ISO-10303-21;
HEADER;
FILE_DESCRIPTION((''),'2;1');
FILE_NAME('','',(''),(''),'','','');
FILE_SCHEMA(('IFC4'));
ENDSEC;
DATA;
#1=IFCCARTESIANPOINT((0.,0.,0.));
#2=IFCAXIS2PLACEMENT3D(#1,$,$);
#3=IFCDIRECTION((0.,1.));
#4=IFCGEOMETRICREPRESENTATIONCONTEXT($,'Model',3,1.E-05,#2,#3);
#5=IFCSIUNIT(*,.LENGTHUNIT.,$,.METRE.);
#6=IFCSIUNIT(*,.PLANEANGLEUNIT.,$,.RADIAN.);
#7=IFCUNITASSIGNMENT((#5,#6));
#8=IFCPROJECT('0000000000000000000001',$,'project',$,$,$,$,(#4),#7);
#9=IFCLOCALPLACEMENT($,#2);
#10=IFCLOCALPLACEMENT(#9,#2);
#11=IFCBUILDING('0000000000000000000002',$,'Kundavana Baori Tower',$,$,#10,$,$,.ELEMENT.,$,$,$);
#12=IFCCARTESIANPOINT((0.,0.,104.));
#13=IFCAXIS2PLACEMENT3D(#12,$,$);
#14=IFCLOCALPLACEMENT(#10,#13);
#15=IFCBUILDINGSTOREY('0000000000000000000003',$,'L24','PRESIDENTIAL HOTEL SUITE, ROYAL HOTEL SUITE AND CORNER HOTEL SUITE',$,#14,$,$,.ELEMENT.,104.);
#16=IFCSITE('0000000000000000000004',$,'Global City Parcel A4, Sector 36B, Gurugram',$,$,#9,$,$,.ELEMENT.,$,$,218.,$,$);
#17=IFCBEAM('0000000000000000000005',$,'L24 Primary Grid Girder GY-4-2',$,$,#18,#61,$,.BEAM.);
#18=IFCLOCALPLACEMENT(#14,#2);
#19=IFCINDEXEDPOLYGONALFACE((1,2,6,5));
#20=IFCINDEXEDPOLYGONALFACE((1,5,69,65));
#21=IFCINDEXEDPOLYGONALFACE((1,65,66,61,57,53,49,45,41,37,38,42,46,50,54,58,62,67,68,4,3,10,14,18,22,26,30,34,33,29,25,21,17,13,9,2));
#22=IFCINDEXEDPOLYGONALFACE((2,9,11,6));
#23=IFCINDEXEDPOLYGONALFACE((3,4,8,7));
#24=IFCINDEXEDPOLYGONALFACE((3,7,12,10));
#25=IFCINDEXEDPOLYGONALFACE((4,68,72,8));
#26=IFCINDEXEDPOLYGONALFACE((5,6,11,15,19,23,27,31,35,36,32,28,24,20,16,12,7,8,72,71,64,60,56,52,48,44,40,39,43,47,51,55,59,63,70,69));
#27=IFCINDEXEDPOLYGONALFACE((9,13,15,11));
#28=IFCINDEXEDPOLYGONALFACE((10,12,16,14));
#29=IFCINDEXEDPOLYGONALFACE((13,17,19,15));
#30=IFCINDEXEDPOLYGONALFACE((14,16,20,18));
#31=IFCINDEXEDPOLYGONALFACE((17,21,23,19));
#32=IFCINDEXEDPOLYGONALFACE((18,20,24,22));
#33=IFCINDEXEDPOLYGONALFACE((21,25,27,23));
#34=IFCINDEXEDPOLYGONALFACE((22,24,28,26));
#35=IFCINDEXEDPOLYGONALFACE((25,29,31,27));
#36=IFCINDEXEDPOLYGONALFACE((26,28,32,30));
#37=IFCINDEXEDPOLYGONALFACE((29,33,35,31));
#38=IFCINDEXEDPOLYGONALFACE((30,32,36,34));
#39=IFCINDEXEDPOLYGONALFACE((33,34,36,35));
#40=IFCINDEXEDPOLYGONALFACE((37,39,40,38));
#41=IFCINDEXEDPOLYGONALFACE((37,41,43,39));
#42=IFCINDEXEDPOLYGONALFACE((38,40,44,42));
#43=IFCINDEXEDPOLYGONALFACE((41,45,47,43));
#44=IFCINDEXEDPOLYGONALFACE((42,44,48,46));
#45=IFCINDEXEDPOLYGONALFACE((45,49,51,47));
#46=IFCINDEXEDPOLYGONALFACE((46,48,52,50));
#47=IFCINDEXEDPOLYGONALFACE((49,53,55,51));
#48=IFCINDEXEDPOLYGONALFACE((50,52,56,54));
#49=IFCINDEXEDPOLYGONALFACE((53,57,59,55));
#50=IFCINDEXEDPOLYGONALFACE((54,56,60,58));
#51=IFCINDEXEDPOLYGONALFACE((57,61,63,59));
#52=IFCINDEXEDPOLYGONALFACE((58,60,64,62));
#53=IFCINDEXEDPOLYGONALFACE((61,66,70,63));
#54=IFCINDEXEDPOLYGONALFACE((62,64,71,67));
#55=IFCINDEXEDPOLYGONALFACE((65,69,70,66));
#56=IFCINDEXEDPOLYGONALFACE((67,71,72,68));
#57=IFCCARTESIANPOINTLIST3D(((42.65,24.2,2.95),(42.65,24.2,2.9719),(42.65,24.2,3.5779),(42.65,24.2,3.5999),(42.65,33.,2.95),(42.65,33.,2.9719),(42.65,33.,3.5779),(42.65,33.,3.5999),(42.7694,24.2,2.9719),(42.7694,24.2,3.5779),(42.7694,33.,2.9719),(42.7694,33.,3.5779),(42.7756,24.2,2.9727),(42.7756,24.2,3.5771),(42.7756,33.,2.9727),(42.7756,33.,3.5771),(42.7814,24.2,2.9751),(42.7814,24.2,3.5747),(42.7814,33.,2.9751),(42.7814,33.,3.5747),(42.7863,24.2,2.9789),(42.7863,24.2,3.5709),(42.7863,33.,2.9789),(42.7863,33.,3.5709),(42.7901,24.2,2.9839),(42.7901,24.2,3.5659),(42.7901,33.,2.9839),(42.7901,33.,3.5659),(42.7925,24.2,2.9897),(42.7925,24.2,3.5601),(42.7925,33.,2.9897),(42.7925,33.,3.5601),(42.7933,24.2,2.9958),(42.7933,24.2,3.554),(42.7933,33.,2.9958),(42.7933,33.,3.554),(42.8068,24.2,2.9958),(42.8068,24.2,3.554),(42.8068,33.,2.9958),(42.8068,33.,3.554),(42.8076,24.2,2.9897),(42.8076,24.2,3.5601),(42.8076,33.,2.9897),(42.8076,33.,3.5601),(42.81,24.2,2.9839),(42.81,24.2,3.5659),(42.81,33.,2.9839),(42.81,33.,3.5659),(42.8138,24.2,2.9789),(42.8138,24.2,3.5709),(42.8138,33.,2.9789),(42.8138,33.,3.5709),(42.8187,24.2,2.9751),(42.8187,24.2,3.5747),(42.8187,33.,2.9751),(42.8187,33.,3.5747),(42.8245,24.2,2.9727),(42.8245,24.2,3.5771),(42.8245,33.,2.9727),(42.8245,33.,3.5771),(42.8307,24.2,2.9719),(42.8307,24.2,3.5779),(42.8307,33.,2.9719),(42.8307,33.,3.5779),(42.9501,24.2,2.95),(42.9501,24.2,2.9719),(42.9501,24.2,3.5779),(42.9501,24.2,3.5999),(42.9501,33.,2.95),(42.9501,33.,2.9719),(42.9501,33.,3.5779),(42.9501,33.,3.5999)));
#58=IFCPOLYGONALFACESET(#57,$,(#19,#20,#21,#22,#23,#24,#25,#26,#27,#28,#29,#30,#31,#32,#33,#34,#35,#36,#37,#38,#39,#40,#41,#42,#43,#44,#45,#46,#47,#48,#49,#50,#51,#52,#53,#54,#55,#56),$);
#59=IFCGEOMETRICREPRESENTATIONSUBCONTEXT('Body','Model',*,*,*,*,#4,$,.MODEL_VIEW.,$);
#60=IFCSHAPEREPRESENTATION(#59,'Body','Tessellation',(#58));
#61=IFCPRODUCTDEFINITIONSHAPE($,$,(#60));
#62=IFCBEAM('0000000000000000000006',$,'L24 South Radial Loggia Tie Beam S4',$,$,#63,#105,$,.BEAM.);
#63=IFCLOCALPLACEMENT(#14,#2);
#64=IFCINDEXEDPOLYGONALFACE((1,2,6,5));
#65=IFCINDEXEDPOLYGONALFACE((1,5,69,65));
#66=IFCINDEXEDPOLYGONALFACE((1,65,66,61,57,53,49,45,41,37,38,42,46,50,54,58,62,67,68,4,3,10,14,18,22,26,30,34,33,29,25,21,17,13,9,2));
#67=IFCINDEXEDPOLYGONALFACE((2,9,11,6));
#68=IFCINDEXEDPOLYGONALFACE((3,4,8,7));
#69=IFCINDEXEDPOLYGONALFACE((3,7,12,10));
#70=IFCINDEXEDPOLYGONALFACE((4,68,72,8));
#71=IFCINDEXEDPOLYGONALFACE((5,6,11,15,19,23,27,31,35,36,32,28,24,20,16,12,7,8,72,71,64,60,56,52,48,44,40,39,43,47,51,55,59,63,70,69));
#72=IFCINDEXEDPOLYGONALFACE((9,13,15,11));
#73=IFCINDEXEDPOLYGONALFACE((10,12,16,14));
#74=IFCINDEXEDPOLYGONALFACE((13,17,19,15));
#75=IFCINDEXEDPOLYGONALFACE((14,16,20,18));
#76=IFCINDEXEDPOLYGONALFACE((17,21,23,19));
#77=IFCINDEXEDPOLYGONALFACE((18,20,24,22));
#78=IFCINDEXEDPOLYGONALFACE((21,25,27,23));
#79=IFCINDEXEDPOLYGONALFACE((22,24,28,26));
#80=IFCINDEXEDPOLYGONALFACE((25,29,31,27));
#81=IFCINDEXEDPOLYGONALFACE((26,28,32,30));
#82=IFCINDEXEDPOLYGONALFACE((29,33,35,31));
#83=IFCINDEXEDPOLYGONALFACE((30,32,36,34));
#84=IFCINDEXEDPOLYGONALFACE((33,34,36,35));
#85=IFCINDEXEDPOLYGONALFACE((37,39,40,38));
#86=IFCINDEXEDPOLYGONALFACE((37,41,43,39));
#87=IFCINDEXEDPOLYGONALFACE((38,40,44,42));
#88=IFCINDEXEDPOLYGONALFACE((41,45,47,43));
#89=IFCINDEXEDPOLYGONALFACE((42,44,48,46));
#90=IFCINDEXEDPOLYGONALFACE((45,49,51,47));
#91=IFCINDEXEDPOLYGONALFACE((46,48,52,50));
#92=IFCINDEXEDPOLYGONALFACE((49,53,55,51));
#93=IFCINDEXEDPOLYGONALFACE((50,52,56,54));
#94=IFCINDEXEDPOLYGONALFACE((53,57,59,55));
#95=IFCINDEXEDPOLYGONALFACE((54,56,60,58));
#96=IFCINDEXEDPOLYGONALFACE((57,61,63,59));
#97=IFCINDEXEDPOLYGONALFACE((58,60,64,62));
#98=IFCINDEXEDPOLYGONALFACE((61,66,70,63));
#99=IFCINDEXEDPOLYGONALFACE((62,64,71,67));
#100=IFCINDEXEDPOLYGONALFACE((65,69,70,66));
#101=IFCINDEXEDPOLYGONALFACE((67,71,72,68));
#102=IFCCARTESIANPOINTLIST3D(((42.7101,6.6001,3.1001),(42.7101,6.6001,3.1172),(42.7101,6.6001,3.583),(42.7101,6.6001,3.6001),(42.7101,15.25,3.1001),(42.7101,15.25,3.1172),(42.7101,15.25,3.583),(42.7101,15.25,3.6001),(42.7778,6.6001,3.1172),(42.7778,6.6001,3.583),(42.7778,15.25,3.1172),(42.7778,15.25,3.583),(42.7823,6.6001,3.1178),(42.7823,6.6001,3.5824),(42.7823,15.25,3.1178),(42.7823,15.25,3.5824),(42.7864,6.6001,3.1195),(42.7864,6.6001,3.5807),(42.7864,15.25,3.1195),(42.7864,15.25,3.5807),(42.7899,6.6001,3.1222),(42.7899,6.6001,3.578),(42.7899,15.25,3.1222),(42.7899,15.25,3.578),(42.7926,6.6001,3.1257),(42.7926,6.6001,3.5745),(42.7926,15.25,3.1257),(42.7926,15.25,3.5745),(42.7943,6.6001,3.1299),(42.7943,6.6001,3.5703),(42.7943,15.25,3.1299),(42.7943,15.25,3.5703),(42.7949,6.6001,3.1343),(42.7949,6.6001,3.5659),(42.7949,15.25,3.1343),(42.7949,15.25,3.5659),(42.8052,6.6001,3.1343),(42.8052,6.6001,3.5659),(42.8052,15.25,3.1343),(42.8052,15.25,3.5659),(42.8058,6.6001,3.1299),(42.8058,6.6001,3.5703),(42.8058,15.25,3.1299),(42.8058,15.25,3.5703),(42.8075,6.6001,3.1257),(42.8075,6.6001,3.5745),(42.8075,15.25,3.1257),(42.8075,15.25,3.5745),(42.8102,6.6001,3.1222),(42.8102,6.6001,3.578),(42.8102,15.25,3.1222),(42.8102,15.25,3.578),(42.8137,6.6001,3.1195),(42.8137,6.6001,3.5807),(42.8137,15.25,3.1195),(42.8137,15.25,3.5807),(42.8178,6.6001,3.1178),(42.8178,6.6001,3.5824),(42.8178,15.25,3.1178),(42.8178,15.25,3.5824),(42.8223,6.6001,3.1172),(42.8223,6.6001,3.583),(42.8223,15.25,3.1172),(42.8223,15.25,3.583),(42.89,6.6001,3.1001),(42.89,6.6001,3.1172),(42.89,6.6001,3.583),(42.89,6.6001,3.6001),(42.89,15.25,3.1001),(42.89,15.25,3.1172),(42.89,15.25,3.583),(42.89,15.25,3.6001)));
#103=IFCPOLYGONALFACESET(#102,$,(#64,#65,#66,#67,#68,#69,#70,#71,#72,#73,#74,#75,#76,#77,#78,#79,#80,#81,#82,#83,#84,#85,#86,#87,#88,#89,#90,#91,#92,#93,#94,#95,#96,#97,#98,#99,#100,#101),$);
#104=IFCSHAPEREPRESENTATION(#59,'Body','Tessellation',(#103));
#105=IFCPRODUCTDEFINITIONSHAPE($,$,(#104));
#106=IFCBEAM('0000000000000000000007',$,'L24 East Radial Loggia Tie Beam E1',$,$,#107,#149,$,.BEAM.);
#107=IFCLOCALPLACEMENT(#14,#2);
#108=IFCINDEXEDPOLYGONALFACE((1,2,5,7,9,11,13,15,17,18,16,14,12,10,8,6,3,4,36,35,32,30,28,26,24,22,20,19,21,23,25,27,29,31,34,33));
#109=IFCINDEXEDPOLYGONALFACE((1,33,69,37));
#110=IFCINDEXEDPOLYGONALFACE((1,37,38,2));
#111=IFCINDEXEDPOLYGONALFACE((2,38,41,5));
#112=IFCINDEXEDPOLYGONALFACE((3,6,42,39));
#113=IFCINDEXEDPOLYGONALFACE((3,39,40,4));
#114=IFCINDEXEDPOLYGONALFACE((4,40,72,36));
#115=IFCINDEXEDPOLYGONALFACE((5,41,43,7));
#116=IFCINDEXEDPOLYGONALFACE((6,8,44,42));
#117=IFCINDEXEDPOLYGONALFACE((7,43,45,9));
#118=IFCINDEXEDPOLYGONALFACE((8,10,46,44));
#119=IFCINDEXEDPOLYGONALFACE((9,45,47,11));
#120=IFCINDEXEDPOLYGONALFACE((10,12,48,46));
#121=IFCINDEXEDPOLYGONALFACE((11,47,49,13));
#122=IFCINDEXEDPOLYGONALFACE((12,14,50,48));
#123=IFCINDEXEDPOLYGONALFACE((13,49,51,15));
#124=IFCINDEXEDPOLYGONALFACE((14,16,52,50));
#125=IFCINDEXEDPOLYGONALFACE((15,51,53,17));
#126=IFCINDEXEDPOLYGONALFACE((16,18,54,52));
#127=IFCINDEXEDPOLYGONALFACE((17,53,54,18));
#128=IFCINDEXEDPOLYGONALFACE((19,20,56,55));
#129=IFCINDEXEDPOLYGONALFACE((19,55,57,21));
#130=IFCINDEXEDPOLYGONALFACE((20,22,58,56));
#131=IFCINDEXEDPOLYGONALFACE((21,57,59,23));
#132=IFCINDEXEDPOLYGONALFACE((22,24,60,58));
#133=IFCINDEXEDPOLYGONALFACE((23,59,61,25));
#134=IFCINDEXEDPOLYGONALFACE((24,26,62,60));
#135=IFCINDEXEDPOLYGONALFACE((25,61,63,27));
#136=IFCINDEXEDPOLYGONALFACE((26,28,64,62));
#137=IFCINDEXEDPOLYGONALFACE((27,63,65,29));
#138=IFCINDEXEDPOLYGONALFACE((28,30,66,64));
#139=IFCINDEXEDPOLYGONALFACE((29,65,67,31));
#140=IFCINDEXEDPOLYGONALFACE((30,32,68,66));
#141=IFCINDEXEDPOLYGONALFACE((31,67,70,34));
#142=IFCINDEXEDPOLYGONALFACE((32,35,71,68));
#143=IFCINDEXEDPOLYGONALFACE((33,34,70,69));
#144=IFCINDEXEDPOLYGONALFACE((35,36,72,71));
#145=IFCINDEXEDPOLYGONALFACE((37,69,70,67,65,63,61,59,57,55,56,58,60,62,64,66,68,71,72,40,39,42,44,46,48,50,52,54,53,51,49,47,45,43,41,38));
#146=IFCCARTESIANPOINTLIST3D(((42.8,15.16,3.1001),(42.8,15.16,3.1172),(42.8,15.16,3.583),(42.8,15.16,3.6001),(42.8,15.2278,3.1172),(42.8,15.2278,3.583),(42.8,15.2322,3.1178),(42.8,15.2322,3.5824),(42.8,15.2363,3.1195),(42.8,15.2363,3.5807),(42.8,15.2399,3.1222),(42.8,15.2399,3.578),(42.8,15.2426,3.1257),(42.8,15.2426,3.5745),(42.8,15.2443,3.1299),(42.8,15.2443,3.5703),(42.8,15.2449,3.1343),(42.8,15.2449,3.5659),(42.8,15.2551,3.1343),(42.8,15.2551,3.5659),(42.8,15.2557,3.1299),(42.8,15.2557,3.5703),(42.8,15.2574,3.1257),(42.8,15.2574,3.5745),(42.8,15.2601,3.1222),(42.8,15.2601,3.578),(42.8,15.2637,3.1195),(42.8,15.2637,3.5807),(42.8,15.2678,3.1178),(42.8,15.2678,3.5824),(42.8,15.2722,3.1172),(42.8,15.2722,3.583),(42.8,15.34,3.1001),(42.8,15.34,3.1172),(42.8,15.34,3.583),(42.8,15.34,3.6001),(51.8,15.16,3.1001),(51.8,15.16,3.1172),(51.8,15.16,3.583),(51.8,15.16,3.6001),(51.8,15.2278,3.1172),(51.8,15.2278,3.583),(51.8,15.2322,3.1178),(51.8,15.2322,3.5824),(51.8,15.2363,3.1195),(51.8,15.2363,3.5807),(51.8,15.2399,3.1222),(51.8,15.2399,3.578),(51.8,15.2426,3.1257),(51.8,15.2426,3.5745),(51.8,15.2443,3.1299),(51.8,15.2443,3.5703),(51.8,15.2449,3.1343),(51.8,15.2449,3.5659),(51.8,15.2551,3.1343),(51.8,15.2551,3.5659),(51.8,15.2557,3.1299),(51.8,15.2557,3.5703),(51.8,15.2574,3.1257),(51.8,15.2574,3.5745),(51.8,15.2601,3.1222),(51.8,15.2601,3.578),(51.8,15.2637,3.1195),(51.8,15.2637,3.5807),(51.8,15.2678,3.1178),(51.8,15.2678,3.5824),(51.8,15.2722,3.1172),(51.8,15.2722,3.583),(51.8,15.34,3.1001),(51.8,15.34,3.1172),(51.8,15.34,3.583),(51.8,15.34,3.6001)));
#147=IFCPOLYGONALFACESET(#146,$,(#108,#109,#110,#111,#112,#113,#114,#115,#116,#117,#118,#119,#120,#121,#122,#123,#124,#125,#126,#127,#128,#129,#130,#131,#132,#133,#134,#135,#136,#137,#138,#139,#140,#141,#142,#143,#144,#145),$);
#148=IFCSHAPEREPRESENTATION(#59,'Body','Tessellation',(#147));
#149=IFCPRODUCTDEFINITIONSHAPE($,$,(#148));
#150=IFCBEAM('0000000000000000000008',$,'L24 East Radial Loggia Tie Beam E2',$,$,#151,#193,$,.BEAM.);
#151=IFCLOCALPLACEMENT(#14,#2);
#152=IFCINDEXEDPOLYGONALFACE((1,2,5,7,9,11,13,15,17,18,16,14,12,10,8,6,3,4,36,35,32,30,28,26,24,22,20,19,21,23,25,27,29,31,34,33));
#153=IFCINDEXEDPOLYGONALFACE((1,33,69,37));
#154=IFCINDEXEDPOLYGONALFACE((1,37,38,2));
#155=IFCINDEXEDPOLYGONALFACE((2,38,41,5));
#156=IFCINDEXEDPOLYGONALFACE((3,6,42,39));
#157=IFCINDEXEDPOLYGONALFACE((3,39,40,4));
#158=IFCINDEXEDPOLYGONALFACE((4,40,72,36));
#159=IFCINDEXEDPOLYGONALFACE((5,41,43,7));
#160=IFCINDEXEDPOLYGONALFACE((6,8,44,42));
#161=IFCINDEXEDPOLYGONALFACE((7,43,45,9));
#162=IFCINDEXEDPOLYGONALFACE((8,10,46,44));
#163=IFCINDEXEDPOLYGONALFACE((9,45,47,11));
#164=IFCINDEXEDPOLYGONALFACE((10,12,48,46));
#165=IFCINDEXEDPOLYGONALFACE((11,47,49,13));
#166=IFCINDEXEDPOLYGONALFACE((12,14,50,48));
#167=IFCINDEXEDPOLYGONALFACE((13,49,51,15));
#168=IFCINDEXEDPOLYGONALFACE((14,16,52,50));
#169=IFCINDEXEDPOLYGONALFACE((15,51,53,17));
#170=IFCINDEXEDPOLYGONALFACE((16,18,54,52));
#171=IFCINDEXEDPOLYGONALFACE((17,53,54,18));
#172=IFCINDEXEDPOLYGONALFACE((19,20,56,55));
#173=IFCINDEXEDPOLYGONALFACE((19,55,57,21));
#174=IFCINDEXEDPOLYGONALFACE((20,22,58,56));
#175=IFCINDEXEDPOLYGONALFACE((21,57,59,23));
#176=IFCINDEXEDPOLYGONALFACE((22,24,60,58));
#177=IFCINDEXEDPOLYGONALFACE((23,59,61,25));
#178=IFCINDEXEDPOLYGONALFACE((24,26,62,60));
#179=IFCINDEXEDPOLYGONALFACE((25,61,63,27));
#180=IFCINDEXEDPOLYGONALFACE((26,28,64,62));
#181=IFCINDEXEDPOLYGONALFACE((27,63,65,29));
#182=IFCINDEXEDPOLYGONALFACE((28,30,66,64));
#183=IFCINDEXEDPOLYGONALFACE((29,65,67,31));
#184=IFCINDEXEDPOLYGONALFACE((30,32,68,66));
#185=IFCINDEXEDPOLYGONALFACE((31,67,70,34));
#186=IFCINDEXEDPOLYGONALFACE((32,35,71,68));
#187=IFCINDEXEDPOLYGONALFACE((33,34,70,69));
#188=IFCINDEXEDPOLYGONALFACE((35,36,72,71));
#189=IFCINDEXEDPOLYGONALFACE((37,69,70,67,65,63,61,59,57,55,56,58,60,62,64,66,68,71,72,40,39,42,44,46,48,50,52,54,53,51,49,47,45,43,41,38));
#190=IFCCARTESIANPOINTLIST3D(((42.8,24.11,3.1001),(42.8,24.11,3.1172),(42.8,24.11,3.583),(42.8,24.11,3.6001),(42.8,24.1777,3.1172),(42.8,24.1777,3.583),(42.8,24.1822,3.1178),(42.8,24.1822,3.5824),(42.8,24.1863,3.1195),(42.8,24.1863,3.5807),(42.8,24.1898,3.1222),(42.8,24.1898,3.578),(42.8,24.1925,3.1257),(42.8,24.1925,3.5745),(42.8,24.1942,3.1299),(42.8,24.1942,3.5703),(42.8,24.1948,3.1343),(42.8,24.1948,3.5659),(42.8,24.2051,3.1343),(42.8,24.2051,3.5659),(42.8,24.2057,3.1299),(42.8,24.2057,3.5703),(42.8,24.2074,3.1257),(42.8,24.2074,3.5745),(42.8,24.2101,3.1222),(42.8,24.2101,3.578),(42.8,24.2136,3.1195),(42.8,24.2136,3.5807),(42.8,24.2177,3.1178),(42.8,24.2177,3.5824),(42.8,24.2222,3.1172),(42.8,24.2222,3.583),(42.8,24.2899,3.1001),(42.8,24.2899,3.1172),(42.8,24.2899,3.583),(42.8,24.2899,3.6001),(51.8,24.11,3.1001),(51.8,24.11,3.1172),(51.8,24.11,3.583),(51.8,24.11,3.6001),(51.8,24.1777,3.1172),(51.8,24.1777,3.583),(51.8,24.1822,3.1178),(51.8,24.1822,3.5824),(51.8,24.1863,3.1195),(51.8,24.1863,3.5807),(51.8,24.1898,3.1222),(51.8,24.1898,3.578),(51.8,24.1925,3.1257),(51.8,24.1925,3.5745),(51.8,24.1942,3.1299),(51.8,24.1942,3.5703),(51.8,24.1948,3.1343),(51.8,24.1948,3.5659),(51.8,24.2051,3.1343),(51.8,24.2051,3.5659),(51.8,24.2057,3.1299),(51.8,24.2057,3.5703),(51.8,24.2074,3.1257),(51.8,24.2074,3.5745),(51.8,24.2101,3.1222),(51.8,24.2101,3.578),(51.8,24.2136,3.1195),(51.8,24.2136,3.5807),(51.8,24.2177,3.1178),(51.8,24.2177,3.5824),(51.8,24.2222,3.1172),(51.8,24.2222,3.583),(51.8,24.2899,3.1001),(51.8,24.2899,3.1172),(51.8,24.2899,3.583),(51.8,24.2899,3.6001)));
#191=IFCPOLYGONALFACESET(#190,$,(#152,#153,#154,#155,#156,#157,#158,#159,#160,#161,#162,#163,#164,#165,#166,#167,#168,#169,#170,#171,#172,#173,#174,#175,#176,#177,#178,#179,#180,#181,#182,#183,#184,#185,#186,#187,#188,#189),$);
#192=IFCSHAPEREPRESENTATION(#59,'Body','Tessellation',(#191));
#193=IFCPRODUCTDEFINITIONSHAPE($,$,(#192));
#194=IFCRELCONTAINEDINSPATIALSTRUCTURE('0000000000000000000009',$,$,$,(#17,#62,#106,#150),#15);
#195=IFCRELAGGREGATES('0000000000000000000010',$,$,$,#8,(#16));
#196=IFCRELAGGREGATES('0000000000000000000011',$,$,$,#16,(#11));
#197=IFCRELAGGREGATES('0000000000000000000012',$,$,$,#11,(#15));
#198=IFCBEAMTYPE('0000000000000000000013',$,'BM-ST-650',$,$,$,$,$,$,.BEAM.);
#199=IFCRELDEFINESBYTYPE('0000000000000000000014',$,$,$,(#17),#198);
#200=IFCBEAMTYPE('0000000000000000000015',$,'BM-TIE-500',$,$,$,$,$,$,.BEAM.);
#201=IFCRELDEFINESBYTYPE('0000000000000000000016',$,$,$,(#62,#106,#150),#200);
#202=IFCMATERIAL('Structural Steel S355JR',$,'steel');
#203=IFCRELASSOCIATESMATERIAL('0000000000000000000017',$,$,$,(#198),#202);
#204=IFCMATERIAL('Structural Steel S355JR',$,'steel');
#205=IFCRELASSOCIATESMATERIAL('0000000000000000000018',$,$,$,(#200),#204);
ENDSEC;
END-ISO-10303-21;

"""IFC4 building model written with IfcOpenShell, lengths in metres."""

from ifc_helpers import new_model, si_unit, direction, frame, origin, origin_2d, place, context, subcontext, project, spatial, i_section, extrude, material, material_profile, profile_set, type_object, element, save


model = new_model("IFC4")

# Units and contexts
model_context = context("Model", 3, precision=1e-05, world=origin(), true_north=direction((0.0, 1.0)))
body_context = subcontext(model_context, "Body", "Model", "MODEL_VIEW")
ifc_project = project(units=[si_unit("LENGTHUNIT", "METRE"), si_unit("PLANEANGLEUNIT", "RADIAN")], contexts=[model_context])

# Site, building, storey
site_placement = place(None, origin())
site = spatial("IfcSite", under=ifc_project, at=site_placement, Name="Global City Parcel A4, Sector 36B, Gurugram", CompositionType="ELEMENT", RefElevation=218.0)
building_placement = place(site_placement, origin())
building = spatial("IfcBuilding", under=site, at=building_placement, Name="Kundavana Baori Tower", CompositionType="ELEMENT")
storey_placement = place(building_placement, frame((0.0, 0.0, 104.0)))
storey = spatial("IfcBuildingStorey", under=building, at=storey_placement, Name="L24", Description="PRESIDENTIAL HOTEL SUITE, ROYAL HOTEL SUITE AND CORNER HOTEL SUITE", CompositionType="ELEMENT", Elevation=104.0)

# Beams
ifc_material_1 = material(Name="Structural Steel S355JR", Category="steel")
ifc_material_profile_1 = material_profile(ifc_material_1, i_section(OverallWidth=0.3, OverallDepth=0.6499, WebThickness=0.0134, FlangeThickness=0.022, FilletRadius=0.0239, at=origin_2d()), Name="NPB 650x300x155")
ifc_profile_set_1 = profile_set([ifc_material_profile_1], Name="Structural Steel S355JR")
beam_type_1 = type_object("IfcBeamType", Name="BM-ST-650", PredefinedType="BEAM", material=ifc_profile_set_1)
beam_1_placement = place(storey_placement, frame((42.8, 24.2, 3.2749), z_axis=(0.0, 1.0, 0.0), x_axis=(-1.0, 0.0, 0.0)))
element("IfcBeam", 1, at=beam_1_placement, inside=storey, type_object=beam_type_1, Name="L24 Primary Grid Girder GY-4-2", PredefinedType="BEAM", context=body_context, shape_type="SweptSolid", body=[
    extrude(i_section(OverallWidth=0.3, OverallDepth=0.6499, WebThickness=0.0134, FlangeThickness=0.022, FilletRadius=0.0239, at=origin_2d()), origin(), (0.0, 0.0, 1.0), 8.8),
])
ifc_material_2 = material(Name="Structural Steel S355JR", Category="steel")
ifc_material_profile_2 = material_profile(ifc_material_2, i_section(OverallWidth=0.1799, OverallDepth=0.5, WebThickness=0.0103, FlangeThickness=0.0171, FilletRadius=0.0171, at=origin_2d()), Name="ISMB 500")
ifc_profile_set_2 = profile_set([ifc_material_profile_2], Name="Structural Steel S355JR")
beam_type_2 = type_object("IfcBeamType", Name="BM-TIE-500", PredefinedType="BEAM", material=ifc_profile_set_2)
beam_2_placement = place(storey_placement, frame((42.8, 15.25, 3.3501), z_axis=(0.0, -1.0, 0.0), x_axis=(1.0, 0.0, 0.0)))
element("IfcBeam", 2, at=beam_2_placement, inside=storey, type_object=beam_type_2, Name="L24 South Radial Loggia Tie Beam S4", PredefinedType="BEAM", context=body_context, shape_type="SweptSolid", body=[
    extrude(i_section(OverallWidth=0.1799, OverallDepth=0.5, WebThickness=0.0103, FlangeThickness=0.0171, FilletRadius=0.0171, at=origin_2d()), origin(), (0.0, 0.0, 1.0), 8.6499),
])
for number, where, z_axis, x_axis, name in (
    (3, (42.8, 15.25, 3.3501), (1.0, 0.0, 0.0), (0.0, 1.0, 0.0), "L24 East Radial Loggia Tie Beam E1"),
    (4, (42.8, 24.2, 3.3501), (1.0, 0.0, 0.0), (0.0, 1.0, 0.0), "L24 East Radial Loggia Tie Beam E2"),
):
    element("IfcBeam", number, at=place(storey_placement, frame(where, z_axis=z_axis, x_axis=x_axis)), inside=storey, type_object=beam_type_2, Name=name, PredefinedType="BEAM", context=body_context, shape_type="SweptSolid", body=[
        extrude(i_section(OverallWidth=0.1799, OverallDepth=0.5, WebThickness=0.0103, FlangeThickness=0.0171, FilletRadius=0.0171, at=origin_2d()), origin(), (0.0, 0.0, 1.0), 9.0),
    ])

save(model, "model.ifc")
